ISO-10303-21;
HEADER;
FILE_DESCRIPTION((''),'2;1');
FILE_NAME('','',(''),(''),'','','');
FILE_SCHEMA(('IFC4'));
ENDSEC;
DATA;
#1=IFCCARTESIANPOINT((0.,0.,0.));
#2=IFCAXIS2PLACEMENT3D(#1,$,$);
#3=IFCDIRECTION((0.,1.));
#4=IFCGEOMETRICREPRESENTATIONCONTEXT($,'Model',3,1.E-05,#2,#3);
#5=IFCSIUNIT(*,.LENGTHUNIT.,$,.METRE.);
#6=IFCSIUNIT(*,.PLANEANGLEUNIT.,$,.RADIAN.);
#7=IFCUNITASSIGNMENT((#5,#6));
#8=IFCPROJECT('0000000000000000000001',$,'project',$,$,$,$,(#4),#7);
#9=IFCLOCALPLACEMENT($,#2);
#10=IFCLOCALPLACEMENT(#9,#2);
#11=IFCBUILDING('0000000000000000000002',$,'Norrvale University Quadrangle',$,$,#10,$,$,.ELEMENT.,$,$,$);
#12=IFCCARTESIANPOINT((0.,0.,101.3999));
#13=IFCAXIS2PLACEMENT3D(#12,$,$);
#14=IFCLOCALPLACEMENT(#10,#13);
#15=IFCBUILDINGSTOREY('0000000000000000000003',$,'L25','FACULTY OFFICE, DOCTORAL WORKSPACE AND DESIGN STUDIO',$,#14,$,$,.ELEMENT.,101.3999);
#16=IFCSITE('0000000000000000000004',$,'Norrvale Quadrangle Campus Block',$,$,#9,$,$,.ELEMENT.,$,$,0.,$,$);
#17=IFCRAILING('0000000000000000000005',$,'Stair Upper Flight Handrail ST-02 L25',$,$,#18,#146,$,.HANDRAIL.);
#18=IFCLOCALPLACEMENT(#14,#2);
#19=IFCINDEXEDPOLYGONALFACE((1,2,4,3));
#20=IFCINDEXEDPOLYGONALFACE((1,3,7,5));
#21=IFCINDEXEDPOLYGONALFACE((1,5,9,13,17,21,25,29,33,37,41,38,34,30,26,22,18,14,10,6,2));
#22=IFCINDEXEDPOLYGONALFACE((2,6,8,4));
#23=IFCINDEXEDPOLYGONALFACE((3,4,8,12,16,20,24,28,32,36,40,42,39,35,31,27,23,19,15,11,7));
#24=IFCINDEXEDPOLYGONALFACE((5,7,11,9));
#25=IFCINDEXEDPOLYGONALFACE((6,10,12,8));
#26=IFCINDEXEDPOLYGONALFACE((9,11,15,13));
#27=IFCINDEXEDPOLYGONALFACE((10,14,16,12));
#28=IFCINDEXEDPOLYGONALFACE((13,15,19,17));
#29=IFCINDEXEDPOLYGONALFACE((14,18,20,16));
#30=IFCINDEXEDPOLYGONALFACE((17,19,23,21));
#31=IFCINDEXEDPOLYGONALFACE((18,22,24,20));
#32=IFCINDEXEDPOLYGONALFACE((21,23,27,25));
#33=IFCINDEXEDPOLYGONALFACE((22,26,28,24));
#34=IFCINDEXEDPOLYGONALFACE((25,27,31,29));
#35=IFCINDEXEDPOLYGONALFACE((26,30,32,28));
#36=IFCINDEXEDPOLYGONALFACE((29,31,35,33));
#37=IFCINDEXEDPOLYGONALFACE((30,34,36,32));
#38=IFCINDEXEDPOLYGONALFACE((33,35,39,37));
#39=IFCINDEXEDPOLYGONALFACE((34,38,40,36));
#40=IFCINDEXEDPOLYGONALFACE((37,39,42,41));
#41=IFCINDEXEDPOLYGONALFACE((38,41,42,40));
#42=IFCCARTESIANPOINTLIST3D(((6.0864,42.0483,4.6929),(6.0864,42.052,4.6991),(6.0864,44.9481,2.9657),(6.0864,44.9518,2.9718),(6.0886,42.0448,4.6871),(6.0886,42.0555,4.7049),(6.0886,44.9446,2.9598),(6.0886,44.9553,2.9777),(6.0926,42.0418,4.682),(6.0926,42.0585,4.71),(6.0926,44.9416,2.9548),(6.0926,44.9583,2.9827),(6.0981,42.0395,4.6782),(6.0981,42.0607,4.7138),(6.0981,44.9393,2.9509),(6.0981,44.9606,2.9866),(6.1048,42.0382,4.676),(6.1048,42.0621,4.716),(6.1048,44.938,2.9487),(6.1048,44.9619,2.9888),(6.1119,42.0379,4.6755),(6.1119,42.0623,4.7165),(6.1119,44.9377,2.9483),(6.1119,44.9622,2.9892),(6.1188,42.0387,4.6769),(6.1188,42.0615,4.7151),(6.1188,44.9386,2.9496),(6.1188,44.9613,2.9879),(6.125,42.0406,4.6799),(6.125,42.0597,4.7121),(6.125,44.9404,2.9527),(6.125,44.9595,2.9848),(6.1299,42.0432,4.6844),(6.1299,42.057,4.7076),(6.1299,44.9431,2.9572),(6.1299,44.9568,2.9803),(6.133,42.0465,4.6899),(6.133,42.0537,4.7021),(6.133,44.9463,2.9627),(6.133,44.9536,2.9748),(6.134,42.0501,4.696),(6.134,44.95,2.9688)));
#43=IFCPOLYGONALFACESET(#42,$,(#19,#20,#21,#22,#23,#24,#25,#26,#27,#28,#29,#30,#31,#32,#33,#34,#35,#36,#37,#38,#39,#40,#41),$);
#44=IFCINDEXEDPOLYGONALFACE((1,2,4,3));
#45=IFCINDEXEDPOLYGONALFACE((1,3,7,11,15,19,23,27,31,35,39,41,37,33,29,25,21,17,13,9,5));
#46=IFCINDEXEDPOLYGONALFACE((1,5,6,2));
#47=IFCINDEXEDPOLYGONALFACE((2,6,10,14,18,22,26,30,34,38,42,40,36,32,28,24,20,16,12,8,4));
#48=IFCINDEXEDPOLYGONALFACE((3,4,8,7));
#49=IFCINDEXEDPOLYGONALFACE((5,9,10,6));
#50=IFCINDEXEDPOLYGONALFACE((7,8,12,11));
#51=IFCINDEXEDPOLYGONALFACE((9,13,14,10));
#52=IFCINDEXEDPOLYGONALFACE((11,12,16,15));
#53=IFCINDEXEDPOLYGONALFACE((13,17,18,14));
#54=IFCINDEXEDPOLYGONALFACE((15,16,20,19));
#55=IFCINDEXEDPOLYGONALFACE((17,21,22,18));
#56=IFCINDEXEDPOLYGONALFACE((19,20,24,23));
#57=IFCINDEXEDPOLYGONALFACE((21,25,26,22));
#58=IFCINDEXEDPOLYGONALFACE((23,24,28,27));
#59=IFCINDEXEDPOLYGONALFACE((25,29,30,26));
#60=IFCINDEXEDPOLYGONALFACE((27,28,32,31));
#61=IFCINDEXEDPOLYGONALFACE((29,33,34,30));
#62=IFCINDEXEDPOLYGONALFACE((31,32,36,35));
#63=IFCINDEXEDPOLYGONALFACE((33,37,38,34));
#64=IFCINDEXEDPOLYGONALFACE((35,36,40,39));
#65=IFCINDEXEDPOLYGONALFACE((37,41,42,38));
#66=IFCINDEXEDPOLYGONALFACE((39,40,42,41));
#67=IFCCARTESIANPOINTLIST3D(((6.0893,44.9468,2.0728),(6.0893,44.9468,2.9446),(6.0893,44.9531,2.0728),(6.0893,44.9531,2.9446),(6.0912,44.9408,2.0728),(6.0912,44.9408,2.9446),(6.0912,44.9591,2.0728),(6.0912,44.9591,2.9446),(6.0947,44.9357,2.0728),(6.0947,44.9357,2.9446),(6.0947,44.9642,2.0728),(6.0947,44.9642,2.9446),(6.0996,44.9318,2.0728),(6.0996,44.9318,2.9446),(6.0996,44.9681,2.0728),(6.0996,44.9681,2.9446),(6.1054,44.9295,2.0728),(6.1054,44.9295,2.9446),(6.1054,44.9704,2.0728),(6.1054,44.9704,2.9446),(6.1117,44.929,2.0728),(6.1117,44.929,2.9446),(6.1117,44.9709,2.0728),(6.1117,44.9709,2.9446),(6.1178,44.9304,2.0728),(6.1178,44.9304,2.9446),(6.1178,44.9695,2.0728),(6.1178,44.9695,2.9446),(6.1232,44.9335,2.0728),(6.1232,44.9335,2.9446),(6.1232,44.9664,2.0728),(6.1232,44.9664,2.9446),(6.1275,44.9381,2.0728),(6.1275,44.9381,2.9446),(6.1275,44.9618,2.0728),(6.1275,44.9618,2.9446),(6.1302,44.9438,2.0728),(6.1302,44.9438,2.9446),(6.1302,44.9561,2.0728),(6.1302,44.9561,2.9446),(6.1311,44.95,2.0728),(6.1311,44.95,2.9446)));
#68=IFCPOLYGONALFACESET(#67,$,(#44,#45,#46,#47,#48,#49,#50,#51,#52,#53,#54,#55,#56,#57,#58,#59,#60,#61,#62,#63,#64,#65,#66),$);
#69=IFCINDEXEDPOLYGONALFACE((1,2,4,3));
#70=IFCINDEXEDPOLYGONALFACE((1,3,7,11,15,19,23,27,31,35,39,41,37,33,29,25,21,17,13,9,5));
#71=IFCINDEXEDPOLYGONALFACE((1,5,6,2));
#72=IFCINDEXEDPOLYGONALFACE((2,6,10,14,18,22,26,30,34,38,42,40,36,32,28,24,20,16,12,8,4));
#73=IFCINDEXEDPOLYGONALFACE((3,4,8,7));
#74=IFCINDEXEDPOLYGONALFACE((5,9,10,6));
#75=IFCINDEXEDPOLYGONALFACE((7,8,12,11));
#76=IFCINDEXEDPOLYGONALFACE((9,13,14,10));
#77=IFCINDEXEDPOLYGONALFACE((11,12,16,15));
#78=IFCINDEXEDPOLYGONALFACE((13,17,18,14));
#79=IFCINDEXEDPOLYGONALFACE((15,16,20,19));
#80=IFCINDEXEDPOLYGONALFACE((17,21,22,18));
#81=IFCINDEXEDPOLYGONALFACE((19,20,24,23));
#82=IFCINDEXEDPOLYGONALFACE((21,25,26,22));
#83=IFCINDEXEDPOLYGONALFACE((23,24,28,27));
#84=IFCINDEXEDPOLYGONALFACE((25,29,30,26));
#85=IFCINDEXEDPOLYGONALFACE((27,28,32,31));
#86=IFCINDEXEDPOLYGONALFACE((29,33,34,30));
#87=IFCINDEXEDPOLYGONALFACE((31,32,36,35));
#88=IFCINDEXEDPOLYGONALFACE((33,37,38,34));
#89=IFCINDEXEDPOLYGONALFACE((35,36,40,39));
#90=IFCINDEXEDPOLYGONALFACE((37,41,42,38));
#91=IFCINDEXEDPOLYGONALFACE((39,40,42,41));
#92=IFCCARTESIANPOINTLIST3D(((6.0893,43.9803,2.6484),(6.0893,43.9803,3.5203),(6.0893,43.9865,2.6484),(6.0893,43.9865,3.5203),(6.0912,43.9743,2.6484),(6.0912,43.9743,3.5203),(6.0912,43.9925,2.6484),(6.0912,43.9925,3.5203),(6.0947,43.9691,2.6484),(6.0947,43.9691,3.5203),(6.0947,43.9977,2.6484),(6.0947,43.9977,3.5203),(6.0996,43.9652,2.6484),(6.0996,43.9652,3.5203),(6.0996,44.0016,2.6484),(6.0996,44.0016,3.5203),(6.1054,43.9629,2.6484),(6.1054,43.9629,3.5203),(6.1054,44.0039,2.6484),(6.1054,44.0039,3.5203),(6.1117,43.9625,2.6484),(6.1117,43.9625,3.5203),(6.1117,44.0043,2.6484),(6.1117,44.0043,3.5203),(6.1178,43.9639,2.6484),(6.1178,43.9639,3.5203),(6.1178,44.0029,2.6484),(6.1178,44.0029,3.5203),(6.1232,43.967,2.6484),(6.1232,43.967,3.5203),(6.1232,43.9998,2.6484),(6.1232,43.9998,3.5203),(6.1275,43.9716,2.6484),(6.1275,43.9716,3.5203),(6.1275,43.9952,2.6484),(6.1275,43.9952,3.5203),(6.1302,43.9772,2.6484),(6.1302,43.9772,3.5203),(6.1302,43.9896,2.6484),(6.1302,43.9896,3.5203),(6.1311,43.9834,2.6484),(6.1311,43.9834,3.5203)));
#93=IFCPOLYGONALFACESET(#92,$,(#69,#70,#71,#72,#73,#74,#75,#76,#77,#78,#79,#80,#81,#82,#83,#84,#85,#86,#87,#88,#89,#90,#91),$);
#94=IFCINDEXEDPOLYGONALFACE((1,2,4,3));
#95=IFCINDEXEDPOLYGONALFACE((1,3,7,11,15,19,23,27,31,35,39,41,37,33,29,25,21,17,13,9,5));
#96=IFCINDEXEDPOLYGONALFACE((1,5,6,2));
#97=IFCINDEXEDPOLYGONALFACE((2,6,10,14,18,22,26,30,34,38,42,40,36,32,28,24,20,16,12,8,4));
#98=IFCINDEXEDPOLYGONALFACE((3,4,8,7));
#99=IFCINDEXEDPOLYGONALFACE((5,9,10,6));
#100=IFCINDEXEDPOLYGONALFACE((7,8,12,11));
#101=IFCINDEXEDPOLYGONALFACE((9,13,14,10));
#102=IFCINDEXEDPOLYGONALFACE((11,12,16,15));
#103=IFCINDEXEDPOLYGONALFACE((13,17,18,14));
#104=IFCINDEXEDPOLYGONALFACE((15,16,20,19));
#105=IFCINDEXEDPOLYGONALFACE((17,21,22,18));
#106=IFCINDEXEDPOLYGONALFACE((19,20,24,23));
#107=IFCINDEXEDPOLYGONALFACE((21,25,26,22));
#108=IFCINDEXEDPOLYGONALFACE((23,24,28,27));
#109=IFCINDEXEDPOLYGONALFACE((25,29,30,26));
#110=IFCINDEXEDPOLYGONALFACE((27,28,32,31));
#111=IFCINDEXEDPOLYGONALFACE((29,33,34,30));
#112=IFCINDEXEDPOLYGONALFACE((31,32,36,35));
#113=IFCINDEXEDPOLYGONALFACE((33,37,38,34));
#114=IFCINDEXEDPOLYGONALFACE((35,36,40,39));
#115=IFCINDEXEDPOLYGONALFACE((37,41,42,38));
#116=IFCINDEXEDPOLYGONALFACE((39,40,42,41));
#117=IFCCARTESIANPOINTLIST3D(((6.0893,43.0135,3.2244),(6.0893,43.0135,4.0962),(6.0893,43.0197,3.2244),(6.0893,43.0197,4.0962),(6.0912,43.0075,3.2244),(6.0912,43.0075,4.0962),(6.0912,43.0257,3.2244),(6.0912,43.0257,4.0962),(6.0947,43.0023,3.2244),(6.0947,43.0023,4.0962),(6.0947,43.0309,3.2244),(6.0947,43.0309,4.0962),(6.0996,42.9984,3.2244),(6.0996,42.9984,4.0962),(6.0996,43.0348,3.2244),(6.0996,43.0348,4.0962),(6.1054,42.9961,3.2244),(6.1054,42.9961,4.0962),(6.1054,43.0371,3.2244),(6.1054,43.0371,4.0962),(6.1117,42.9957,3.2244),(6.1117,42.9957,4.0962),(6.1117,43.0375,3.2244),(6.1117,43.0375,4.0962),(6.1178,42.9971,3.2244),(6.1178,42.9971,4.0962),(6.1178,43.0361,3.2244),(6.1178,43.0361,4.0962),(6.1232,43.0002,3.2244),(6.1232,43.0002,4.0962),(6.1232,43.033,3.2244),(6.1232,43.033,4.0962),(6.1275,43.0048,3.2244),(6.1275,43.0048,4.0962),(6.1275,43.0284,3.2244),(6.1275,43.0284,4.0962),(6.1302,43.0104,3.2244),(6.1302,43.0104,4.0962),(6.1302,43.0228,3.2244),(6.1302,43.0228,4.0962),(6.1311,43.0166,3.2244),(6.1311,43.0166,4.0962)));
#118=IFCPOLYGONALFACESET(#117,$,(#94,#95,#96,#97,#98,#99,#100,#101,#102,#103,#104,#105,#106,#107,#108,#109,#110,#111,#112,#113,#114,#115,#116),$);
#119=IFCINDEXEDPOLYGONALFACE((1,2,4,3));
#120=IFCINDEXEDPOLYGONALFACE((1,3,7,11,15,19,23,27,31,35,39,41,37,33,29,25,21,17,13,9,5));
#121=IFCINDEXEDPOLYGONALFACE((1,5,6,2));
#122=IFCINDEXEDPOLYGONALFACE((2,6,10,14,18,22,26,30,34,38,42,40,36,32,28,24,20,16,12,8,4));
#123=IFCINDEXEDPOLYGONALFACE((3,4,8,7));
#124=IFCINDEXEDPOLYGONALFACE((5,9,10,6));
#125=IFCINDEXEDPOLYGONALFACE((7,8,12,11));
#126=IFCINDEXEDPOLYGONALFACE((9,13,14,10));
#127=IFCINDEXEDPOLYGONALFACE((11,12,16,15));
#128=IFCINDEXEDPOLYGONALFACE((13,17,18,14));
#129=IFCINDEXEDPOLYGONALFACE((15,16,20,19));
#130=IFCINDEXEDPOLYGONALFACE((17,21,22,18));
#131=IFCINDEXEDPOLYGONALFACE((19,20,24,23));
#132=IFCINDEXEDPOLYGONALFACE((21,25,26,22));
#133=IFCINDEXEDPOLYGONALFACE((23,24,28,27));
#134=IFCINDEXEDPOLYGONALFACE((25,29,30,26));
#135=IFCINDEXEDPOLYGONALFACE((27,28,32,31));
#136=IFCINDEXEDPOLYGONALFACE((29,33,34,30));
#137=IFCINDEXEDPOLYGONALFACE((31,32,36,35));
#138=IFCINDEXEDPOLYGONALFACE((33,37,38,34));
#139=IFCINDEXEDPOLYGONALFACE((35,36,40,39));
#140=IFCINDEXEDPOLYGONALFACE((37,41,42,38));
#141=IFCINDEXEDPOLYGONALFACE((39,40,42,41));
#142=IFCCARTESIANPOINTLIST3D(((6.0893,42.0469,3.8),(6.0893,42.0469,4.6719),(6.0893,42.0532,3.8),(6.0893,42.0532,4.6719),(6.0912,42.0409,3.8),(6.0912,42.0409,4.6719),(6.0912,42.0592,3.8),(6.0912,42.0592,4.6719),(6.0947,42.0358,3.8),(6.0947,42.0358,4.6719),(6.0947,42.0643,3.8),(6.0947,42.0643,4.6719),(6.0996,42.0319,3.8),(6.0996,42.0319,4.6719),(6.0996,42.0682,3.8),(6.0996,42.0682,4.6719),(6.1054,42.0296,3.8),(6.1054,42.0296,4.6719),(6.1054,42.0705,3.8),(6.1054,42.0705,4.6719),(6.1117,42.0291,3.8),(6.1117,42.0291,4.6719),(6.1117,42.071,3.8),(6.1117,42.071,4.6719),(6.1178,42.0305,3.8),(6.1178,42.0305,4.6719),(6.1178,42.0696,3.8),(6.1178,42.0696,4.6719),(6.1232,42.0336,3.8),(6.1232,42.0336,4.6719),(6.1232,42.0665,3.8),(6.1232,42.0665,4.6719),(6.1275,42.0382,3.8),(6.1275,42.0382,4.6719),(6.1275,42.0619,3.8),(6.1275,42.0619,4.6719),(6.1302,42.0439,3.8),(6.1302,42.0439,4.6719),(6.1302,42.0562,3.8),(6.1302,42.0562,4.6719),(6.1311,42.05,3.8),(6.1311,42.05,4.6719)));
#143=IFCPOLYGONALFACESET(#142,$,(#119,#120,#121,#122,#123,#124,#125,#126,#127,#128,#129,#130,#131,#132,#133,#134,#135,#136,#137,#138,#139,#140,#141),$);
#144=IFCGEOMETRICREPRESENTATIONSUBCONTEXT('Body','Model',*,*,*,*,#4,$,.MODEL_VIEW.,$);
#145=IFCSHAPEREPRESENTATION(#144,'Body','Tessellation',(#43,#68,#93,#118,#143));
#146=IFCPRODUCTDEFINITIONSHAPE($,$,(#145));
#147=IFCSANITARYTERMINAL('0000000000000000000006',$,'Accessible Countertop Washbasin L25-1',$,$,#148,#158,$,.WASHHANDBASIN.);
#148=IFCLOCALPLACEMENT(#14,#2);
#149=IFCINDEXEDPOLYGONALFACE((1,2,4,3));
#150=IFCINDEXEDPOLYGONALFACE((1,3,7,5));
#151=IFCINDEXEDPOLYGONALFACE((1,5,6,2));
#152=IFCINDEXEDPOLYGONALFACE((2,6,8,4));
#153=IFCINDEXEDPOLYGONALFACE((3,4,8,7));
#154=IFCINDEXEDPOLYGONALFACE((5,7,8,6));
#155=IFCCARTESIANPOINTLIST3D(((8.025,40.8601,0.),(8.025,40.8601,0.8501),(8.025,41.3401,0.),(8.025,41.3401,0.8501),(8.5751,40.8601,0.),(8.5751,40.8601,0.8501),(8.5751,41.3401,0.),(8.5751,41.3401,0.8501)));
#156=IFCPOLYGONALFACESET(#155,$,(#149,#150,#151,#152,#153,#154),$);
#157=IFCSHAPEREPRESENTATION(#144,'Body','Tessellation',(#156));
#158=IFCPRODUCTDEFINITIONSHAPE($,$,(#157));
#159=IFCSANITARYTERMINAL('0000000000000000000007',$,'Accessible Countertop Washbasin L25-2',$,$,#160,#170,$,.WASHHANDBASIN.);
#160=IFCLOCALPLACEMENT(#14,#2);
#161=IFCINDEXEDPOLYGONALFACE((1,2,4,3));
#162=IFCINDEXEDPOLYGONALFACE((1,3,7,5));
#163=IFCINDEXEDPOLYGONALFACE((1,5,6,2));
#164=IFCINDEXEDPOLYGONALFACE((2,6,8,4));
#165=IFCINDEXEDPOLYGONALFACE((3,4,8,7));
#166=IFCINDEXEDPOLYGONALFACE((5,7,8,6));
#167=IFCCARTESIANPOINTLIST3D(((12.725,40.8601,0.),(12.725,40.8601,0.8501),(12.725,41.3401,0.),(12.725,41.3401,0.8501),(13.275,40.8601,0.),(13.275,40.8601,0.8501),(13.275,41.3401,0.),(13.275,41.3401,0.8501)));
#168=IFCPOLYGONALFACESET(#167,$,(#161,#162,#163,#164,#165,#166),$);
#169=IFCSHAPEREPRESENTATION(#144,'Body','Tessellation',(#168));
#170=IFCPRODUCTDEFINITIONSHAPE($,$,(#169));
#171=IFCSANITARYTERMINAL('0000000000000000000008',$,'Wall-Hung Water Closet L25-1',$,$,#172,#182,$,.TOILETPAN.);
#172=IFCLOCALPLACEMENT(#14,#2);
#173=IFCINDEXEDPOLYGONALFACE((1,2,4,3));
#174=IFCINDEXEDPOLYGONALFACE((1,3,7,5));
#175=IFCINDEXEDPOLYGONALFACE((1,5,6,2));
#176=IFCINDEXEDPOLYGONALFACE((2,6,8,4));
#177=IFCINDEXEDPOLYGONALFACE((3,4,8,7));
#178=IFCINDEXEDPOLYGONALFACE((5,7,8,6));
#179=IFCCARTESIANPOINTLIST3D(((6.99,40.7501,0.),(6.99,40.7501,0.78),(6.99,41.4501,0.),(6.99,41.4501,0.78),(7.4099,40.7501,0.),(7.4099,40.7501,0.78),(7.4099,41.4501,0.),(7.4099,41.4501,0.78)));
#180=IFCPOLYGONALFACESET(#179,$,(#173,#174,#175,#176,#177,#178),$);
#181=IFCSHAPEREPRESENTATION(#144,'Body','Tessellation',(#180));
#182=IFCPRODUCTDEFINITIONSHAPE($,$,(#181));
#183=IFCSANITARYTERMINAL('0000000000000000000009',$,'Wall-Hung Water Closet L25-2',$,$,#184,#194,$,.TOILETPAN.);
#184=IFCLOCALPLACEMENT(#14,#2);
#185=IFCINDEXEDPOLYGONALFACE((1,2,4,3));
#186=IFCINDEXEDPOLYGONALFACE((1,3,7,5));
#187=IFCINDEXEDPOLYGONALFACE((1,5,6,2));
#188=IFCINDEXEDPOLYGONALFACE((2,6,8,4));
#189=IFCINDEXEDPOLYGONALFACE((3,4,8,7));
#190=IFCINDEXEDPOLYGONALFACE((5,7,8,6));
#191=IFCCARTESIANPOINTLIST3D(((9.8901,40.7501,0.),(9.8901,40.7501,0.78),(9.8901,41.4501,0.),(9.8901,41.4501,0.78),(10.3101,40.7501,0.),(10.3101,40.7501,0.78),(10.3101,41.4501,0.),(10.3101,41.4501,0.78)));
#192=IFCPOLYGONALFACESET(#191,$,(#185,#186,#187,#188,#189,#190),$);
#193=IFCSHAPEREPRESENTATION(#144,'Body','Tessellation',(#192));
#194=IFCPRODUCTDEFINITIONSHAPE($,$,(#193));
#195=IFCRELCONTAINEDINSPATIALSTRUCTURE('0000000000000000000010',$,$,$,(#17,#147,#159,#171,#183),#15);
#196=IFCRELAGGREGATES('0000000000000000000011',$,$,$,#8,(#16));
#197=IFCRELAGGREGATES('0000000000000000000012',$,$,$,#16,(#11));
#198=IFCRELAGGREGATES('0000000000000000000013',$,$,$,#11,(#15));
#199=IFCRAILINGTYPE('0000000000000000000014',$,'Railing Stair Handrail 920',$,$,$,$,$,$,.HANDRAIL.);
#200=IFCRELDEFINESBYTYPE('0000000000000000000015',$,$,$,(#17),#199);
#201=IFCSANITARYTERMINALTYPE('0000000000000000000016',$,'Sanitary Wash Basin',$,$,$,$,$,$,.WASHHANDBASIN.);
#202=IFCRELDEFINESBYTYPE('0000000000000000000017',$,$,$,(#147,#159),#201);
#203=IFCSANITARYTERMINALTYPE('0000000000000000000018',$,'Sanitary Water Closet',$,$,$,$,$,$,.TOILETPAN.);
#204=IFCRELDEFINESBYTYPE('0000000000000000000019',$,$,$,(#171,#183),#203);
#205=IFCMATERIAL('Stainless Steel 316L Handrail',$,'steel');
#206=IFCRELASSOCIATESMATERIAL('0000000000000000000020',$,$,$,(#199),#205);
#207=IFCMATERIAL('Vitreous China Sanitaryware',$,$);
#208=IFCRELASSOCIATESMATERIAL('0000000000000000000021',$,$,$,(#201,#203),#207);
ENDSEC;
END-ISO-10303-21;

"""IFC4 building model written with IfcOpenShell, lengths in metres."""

from ifc_helpers import new_model, si_unit, direction, frame, origin, origin_2d, place, context, subcontext, project, spatial, rectangle, circle, extrude, material, type_object, element, save


model = new_model("IFC4")

# Units and contexts
model_context = context("Model", 3, precision=1e-05, world=origin(), true_north=direction((0.0, 1.0)))
body_context = subcontext(model_context, "Body", "Model", "MODEL_VIEW")
ifc_project = project(units=[si_unit("LENGTHUNIT", "METRE"), si_unit("PLANEANGLEUNIT", "RADIAN")], contexts=[model_context])

# Site, building, storey
site_placement = place(None, origin())
site = spatial("IfcSite", under=ifc_project, at=site_placement, Name="Norrvale Quadrangle Campus Block", CompositionType="ELEMENT", RefElevation=0.0)
building_placement = place(site_placement, origin())
building = spatial("IfcBuilding", under=site, at=building_placement, Name="Norrvale University Quadrangle", CompositionType="ELEMENT")
storey_placement = place(building_placement, frame((0.0, 0.0, 101.3999)))
storey = spatial("IfcBuildingStorey", under=building, at=storey_placement, Name="L25", Description="FACULTY OFFICE, DOCTORAL WORKSPACE AND DESIGN STUDIO", CompositionType="ELEMENT", Elevation=101.3999)

# Railing
ifc_material_1 = material(Name="Stainless Steel 316L Handrail", Category="steel")
railing_type_1 = type_object("IfcRailingType", Name="Railing Stair Handrail 920", PredefinedType="HANDRAIL", material=ifc_material_1)
railing_1_placement = place(storey_placement, frame((6.1101, 44.95, 2.0728)))
element("IfcRailing", 1, at=railing_1_placement, inside=storey, type_object=railing_type_1, Name="Stair Upper Flight Handrail ST-02 L25", PredefinedType="HANDRAIL", context=body_context, shape_type="SweptSolid", body=[
    extrude(circle(Radius=0.0239, at=origin_2d()), frame((0.0, 0.0, 0.896), z_axis=(0.0, -0.859141, 0.511738), x_axis=(1.0, 0.0, 0.0)), (0.0, 0.0, 1.0), 3.3752),
    extrude(circle(Radius=0.021, at=origin_2d()), origin(), (0.0, 0.0, 1.0), 0.8718),
    extrude(circle(Radius=0.021, at=origin_2d()), frame((0.0, -0.9666, 0.5757)), (0.0, 0.0, 1.0), 0.8718),
    extrude(circle(Radius=0.021, at=origin_2d()), frame((0.0, -1.9333, 1.1516)), (0.0, 0.0, 1.0), 0.8718),
    extrude(circle(Radius=0.021, at=origin_2d()), frame((0.0, -2.8999, 1.7273)), (0.0, 0.0, 1.0), 0.8718),
])

# Sanitary terminals
ifc_material_2 = material(Name="Vitreous China Sanitaryware")
sanitary_terminal_type_1 = type_object("IfcSanitaryTerminalType", Name="Sanitary Wash Basin", PredefinedType="WASHHANDBASIN", material=ifc_material_2)
for number, where, z_axis, x_axis, name in (
    (2, (8.3, 41.1001, 0.0), (0.0, 0.0, 1.0), (1.0, 0.0, 0.0), "Accessible Countertop Washbasin L25-1"),
    (3, (13.0, 41.1001, 0.0), (0.0, 0.0, 1.0), (1.0, 0.0, 0.0), "Accessible Countertop Washbasin L25-2"),
):
    element("IfcSanitaryTerminal", number, at=place(storey_placement, frame(where, z_axis=z_axis, x_axis=x_axis)), inside=storey, type_object=sanitary_terminal_type_1, Name=name, PredefinedType="WASHHANDBASIN", context=body_context, shape_type="SweptSolid", body=[
        extrude(rectangle(XDim=0.55, YDim=0.48, at=origin_2d()), origin(), (0.0, 0.0, 1.0), 0.8501),
    ])
sanitary_terminal_type_2 = type_object("IfcSanitaryTerminalType", Name="Sanitary Water Closet", PredefinedType="TOILETPAN", material=ifc_material_2)
for number, where, z_axis, x_axis, name in (
    (4, (7.2, 41.1001, 0.0), (0.0, 0.0, 1.0), (1.0, 0.0, 0.0), "Wall-Hung Water Closet L25-1"),
    (5, (10.1001, 41.1001, 0.0), (0.0, 0.0, 1.0), (1.0, 0.0, 0.0), "Wall-Hung Water Closet L25-2"),
):
    element("IfcSanitaryTerminal", number, at=place(storey_placement, frame(where, z_axis=z_axis, x_axis=x_axis)), inside=storey, type_object=sanitary_terminal_type_2, Name=name, PredefinedType="TOILETPAN", context=body_context, shape_type="SweptSolid", body=[
        extrude(rectangle(XDim=0.4199, YDim=0.7, at=origin_2d()), origin(), (0.0, 0.0, 1.0), 0.78),
    ])

save(model, "model.ifc")
